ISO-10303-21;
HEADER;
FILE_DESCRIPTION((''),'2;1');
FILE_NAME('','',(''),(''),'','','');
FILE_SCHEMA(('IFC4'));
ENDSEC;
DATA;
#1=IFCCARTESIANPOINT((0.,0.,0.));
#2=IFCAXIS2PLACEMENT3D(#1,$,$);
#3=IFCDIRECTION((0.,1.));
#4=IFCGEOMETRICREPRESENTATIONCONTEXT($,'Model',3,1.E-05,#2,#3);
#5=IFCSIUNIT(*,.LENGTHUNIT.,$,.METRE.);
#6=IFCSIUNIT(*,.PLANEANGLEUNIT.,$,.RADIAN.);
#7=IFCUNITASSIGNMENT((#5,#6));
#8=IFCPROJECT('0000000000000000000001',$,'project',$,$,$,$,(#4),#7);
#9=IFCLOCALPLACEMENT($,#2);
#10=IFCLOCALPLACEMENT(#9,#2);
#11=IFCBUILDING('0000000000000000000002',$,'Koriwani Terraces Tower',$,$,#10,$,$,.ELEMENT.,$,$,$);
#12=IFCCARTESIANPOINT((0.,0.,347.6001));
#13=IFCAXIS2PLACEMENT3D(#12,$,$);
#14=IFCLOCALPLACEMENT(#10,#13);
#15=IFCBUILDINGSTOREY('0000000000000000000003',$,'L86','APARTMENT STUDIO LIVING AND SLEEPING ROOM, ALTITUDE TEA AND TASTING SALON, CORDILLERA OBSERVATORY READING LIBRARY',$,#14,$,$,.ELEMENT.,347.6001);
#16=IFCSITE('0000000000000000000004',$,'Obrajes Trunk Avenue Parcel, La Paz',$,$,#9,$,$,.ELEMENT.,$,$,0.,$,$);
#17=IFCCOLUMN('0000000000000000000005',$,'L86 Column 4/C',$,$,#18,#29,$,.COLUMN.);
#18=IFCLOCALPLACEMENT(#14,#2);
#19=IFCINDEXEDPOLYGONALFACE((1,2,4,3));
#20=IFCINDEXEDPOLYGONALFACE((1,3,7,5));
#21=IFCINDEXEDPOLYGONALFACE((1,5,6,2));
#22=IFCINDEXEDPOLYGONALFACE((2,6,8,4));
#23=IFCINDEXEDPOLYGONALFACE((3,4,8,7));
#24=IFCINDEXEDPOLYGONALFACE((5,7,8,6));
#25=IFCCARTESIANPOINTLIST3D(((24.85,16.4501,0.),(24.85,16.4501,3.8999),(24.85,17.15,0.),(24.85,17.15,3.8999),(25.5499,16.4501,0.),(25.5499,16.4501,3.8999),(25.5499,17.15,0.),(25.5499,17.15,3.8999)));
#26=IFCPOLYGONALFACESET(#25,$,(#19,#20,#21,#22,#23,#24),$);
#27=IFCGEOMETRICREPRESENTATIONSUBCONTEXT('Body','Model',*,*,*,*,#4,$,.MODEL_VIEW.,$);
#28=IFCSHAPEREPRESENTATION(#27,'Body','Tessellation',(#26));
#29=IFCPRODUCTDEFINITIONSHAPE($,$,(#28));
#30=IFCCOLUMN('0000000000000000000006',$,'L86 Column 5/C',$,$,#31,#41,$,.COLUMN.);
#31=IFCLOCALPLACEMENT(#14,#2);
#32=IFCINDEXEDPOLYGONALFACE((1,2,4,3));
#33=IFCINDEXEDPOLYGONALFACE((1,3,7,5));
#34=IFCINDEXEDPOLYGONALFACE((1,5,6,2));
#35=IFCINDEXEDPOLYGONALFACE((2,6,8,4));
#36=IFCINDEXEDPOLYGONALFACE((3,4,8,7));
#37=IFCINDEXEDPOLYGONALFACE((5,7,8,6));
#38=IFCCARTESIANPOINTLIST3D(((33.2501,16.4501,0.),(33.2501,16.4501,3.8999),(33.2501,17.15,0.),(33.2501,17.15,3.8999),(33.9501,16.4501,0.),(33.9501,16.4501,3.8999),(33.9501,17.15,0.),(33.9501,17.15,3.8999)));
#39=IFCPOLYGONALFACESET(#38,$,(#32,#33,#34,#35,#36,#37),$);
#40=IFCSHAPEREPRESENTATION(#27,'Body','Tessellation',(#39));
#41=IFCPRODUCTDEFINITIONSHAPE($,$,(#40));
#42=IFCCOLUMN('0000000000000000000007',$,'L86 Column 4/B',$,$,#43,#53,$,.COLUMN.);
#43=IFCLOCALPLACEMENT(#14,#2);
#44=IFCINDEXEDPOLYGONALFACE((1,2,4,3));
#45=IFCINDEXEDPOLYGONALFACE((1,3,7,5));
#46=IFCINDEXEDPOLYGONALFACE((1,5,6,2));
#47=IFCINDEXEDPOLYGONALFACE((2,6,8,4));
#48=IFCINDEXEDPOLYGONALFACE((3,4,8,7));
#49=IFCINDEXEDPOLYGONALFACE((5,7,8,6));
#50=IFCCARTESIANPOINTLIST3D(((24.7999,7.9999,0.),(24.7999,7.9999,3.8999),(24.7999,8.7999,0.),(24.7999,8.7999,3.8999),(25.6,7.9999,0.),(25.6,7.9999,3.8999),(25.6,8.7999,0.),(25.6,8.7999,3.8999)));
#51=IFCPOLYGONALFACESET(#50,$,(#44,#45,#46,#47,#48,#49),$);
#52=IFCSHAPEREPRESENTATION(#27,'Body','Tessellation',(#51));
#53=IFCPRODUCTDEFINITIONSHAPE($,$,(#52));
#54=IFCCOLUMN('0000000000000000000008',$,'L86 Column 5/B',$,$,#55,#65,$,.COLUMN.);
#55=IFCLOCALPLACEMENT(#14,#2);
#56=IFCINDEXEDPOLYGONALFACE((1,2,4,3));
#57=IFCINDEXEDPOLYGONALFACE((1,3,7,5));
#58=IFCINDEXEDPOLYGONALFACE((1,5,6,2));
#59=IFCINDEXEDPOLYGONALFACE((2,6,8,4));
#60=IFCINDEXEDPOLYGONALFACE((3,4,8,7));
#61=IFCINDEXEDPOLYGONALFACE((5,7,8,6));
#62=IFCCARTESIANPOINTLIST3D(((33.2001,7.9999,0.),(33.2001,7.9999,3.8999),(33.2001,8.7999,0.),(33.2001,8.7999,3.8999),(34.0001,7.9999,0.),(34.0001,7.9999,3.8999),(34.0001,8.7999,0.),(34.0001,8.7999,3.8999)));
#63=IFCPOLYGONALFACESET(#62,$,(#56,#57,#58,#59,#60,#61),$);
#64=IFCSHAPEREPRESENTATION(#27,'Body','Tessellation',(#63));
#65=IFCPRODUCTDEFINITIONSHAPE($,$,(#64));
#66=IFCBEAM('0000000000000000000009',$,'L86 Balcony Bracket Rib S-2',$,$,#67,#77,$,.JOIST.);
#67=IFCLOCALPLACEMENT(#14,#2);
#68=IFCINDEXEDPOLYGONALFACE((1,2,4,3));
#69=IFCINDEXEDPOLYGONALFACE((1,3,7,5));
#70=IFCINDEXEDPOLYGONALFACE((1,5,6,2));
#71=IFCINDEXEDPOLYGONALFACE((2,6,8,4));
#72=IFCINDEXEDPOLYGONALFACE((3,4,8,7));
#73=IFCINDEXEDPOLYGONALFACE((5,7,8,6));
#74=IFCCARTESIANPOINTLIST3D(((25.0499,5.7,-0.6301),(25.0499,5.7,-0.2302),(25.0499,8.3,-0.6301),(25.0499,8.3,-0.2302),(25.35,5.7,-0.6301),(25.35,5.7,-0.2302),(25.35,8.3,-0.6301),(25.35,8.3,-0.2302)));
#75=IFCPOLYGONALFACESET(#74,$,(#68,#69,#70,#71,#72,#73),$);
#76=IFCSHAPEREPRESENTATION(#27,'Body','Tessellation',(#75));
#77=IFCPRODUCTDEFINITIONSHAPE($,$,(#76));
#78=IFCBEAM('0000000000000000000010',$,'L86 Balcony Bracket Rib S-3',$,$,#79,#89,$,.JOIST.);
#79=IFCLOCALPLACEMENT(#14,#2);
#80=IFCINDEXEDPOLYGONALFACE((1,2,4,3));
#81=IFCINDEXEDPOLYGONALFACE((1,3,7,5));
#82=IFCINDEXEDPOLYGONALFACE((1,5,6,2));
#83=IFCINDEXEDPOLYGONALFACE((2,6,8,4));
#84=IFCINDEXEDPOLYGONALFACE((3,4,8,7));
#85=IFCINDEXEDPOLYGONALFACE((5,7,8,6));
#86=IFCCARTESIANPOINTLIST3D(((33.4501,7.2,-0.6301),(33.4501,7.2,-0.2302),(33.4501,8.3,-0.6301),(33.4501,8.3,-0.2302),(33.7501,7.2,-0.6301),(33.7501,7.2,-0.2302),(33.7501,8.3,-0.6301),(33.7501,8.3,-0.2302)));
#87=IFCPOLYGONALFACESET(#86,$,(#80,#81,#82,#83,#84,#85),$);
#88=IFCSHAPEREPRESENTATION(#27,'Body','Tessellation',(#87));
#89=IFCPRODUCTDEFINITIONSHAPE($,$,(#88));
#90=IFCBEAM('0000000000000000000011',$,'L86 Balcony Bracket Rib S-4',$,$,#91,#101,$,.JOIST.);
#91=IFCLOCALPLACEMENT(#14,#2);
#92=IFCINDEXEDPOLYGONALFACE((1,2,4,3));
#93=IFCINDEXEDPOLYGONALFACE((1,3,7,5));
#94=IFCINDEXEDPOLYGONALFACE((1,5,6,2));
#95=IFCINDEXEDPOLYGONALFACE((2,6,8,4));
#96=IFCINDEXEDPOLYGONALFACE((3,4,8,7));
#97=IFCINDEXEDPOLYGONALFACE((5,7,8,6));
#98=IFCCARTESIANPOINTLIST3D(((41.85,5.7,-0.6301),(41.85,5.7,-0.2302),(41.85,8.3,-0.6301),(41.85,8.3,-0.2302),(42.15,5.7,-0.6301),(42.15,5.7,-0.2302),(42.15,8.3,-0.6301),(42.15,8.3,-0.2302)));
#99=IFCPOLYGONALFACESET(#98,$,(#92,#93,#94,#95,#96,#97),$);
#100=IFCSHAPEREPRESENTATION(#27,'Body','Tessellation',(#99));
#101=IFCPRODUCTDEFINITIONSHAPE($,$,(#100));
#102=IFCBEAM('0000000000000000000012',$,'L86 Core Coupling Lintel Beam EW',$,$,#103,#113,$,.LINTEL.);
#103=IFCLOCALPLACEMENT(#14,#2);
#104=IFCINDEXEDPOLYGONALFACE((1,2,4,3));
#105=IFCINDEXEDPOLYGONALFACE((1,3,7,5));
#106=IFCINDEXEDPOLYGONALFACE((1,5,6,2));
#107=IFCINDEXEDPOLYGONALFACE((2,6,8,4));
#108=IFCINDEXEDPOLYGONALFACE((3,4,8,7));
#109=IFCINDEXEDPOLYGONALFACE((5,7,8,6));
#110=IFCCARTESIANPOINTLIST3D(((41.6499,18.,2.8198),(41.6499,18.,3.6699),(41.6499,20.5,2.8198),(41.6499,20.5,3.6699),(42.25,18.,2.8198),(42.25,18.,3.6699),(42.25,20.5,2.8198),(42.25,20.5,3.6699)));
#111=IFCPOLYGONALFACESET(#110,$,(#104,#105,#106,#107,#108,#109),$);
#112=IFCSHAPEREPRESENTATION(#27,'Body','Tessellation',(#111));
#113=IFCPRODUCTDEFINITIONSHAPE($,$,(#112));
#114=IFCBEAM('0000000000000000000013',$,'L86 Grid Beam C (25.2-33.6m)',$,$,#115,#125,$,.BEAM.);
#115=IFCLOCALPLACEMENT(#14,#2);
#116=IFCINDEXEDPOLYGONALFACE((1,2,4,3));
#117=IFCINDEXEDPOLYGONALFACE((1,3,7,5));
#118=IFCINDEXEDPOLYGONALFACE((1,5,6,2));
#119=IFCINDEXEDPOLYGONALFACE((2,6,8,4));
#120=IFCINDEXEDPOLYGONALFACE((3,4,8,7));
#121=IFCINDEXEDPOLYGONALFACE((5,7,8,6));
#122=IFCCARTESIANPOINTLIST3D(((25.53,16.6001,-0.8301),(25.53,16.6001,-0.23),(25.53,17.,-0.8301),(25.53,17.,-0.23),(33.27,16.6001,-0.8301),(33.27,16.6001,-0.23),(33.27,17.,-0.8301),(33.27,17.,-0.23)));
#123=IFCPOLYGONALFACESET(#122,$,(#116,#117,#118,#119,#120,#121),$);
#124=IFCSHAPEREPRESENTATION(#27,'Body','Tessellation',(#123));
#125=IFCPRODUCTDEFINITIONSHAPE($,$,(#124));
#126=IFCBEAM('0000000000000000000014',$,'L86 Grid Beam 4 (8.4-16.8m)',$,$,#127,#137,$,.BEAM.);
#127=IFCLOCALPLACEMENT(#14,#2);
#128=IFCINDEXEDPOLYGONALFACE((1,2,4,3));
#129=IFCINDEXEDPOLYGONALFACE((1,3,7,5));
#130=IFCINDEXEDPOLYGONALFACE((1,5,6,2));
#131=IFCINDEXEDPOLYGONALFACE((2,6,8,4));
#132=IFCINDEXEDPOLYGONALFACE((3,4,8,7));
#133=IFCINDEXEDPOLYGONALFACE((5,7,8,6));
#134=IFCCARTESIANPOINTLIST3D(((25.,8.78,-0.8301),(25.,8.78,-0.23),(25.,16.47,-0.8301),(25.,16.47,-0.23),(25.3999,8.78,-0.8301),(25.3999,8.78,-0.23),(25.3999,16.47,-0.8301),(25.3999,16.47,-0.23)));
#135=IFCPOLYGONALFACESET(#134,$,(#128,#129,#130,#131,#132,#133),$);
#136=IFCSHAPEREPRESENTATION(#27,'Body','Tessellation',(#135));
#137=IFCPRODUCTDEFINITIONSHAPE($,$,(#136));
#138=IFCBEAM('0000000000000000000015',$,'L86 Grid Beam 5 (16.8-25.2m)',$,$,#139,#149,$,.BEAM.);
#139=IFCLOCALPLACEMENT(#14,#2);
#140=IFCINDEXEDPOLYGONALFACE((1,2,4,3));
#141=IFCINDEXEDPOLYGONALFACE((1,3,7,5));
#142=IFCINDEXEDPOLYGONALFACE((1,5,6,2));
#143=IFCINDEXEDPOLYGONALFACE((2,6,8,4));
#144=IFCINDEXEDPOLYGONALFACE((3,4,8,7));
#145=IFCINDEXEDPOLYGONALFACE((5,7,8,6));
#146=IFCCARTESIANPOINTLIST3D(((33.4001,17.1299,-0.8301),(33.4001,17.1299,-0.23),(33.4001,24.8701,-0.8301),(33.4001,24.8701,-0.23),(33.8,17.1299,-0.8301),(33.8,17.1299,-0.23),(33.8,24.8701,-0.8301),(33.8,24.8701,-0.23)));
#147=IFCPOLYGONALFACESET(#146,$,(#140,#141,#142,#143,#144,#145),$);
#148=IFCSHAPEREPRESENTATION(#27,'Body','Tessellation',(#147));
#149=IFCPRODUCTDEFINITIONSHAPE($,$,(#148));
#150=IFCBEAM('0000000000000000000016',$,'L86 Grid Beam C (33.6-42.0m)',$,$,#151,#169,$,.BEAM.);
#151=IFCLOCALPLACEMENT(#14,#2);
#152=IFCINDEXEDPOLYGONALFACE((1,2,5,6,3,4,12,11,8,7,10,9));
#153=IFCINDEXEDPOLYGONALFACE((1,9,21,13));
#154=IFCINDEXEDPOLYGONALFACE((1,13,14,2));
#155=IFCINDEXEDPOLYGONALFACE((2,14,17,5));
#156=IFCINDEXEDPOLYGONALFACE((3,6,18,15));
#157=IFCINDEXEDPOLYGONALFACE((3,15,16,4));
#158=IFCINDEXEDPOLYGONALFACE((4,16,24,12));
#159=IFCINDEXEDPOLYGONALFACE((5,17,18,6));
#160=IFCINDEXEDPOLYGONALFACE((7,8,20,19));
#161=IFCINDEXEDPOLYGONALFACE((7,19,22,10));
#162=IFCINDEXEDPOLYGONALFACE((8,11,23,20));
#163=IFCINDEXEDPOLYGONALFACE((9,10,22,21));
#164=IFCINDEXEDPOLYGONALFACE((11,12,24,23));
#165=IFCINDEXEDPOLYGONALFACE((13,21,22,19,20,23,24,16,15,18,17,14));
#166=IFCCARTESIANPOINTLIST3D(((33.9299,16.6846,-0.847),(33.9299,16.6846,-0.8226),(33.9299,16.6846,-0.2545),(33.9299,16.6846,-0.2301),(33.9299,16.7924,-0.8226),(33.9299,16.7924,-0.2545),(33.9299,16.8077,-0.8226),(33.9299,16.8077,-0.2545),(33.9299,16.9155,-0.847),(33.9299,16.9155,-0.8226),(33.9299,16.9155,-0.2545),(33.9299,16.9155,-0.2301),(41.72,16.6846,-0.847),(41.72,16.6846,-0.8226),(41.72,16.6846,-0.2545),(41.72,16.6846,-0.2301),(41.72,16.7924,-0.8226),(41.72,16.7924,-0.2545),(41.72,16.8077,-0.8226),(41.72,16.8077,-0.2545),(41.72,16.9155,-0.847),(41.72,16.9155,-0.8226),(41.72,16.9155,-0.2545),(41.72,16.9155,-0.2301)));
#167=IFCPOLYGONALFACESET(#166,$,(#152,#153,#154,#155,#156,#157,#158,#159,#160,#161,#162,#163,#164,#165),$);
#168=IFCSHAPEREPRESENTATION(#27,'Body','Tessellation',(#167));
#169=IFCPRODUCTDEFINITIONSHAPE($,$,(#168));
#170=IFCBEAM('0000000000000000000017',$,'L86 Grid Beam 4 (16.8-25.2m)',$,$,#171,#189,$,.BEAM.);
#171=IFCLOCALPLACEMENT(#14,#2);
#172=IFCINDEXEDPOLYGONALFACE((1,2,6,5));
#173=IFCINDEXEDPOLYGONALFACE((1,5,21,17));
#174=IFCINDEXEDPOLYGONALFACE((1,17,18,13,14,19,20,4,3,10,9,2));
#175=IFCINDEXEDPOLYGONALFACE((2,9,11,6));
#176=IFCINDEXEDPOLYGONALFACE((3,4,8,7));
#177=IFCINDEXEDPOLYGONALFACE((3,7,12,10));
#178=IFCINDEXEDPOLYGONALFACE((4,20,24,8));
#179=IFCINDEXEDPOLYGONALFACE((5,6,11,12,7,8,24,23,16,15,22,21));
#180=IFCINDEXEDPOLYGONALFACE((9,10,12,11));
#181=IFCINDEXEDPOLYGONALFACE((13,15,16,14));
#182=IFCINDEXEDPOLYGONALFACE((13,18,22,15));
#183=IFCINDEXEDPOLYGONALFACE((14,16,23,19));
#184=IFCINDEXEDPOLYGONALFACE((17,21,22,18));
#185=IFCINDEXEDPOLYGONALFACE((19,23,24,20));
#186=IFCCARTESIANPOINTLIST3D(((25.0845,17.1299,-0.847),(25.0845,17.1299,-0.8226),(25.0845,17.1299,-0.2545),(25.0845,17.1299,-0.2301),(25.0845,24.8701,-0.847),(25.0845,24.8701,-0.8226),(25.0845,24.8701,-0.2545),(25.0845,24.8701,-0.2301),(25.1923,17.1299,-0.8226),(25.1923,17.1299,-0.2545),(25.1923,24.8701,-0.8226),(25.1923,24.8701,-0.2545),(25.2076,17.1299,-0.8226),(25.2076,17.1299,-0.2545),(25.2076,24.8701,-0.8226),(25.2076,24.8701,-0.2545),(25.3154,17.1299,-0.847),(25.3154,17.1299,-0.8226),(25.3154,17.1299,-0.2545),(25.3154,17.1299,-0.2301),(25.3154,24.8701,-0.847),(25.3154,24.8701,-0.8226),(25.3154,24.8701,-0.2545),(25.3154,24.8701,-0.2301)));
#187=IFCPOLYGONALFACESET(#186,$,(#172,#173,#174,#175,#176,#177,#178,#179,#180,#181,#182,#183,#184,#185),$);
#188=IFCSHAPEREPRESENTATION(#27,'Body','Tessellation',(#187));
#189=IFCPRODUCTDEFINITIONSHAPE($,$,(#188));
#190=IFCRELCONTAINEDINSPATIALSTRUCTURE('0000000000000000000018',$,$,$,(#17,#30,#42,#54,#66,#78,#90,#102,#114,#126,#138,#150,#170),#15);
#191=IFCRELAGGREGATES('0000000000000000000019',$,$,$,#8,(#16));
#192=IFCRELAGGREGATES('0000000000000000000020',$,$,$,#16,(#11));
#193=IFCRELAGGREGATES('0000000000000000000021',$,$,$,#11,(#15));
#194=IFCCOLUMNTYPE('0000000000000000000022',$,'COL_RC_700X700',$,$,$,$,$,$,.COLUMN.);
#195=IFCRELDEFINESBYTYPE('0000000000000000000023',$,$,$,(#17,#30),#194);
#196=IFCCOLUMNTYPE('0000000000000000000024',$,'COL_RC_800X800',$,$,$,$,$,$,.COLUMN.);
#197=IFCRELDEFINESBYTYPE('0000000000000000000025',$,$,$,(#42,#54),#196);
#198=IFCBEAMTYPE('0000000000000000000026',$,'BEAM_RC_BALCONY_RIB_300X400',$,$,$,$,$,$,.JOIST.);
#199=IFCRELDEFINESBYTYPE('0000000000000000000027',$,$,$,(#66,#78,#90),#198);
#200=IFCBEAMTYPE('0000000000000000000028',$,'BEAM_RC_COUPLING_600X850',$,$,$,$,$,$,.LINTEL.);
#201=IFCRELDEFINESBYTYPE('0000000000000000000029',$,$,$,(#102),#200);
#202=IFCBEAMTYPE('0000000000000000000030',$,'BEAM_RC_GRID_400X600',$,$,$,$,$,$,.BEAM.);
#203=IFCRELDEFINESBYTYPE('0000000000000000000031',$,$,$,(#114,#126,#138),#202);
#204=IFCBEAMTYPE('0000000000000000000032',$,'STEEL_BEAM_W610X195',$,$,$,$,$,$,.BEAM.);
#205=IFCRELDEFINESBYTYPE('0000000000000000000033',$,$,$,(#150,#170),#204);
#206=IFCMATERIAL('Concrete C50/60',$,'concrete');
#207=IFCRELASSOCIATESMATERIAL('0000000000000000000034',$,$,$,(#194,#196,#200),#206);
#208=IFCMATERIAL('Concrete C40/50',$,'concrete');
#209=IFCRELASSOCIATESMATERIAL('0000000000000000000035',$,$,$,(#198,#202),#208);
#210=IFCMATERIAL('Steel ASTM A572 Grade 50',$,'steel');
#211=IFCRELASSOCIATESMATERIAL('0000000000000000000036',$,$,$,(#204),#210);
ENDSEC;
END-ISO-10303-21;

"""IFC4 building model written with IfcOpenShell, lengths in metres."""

from ifc_helpers import new_model, si_unit, direction, frame, origin, origin_2d, place, context, subcontext, project, spatial, rectangle, i_section, extrude, material, material_profile, profile_set, type_object, element, save


model = new_model("IFC4")

# Units and contexts
model_context = context("Model", 3, precision=1e-05, world=origin(), true_north=direction((0.0, 1.0)))
body_context = subcontext(model_context, "Body", "Model", "MODEL_VIEW")
ifc_project = project(units=[si_unit("LENGTHUNIT", "METRE"), si_unit("PLANEANGLEUNIT", "RADIAN")], contexts=[model_context])

# Site, building, storey
site_placement = place(None, origin())
site = spatial("IfcSite", under=ifc_project, at=site_placement, Name="Obrajes Trunk Avenue Parcel, La Paz", CompositionType="ELEMENT", RefElevation=0.0)
building_placement = place(site_placement, origin())
building = spatial("IfcBuilding", under=site, at=building_placement, Name="Koriwani Terraces Tower", CompositionType="ELEMENT")
storey_placement = place(building_placement, frame((0.0, 0.0, 347.6001)))
storey = spatial("IfcBuildingStorey", under=building, at=storey_placement, Name="L86", Description="APARTMENT STUDIO LIVING AND SLEEPING ROOM, ALTITUDE TEA AND TASTING SALON, CORDILLERA OBSERVATORY READING LIBRARY", CompositionType="ELEMENT", Elevation=347.6001)

# Columns
ifc_material_1 = material(Name="Concrete C50/60", Category="concrete")
ifc_material_profile_1 = material_profile(ifc_material_1, rectangle(XDim=0.7, YDim=0.7, at=origin_2d()), Name="Concrete C50/60", Category="LoadBearing")
ifc_profile_set_1 = profile_set([ifc_material_profile_1], Name="Concrete C50/60")
column_type_1 = type_object("IfcColumnType", Name="COL_RC_700X700", PredefinedType="COLUMN", material=ifc_profile_set_1)
for number, where, z_axis, x_axis, name in (
    (1, (25.2, 16.8, 0.0), (0.0, 0.0, 1.0), (1.0, 0.0, 0.0), "L86 Column 4/C"),
    (2, (33.6001, 16.8, 0.0), (0.0, 0.0, 1.0), (1.0, 0.0, 0.0), "L86 Column 5/C"),
):
    element("IfcColumn", number, at=place(storey_placement, frame(where, z_axis=z_axis, x_axis=x_axis)), inside=storey, type_object=column_type_1, Name=name, PredefinedType="COLUMN", context=body_context, shape_type="SweptSolid", body=[
        extrude(rectangle(XDim=0.7, YDim=0.7, at=origin_2d()), origin(), (0.0, 0.0, 1.0), 3.8999),
    ])
ifc_material_profile_2 = material_profile(ifc_material_1, rectangle(XDim=0.8, YDim=0.8, at=origin_2d()), Name="Concrete C50/60", Category="LoadBearing")
ifc_profile_set_2 = profile_set([ifc_material_profile_2], Name="Concrete C50/60")
column_type_2 = type_object("IfcColumnType", Name="COL_RC_800X800", PredefinedType="COLUMN", material=ifc_profile_set_2)
for number, where, z_axis, x_axis, name in (
    (3, (25.2, 8.3999, 0.0), (0.0, 0.0, 1.0), (1.0, 0.0, 0.0), "L86 Column 4/B"),
    (4, (33.6001, 8.3999, 0.0), (0.0, 0.0, 1.0), (1.0, 0.0, 0.0), "L86 Column 5/B"),
):
    element("IfcColumn", number, at=place(storey_placement, frame(where, z_axis=z_axis, x_axis=x_axis)), inside=storey, type_object=column_type_2, Name=name, PredefinedType="COLUMN", context=body_context, shape_type="SweptSolid", body=[
        extrude(rectangle(XDim=0.8, YDim=0.8, at=origin_2d()), origin(), (0.0, 0.0, 1.0), 3.8999),
    ])

# Beams
ifc_material_2 = material(Name="Concrete C40/50", Category="concrete")
ifc_material_profile_3 = material_profile(ifc_material_2, rectangle(XDim=0.3, YDim=0.3999, at=origin_2d()), Name="Concrete C40/50", Category="LoadBearing")
ifc_profile_set_3 = profile_set([ifc_material_profile_3], Name="Concrete C40/50")
beam_type_1 = type_object("IfcBeamType", Name="BEAM_RC_BALCONY_RIB_300X400", PredefinedType="JOIST", material=ifc_profile_set_3)
beam_1_placement = place(storey_placement, frame((25.2, 5.7, -0.4302), z_axis=(0.0, 1.0, 0.0), x_axis=(-1.0, 0.0, 0.0)))
element("IfcBeam", 5, at=beam_1_placement, inside=storey, type_object=beam_type_1, Name="L86 Balcony Bracket Rib S-2", PredefinedType="JOIST", context=body_context, shape_type="SweptSolid", body=[
    extrude(rectangle(XDim=0.3, YDim=0.3999, at=origin_2d()), origin(), (0.0, 0.0, 1.0), 2.6001),
])
beam_2_placement = place(storey_placement, frame((33.6001, 7.2, -0.4302), z_axis=(0.0, 1.0, 0.0), x_axis=(-1.0, 0.0, 0.0)))
element("IfcBeam", 6, at=beam_2_placement, inside=storey, type_object=beam_type_1, Name="L86 Balcony Bracket Rib S-3", PredefinedType="JOIST", context=body_context, shape_type="SweptSolid", body=[
    extrude(rectangle(XDim=0.3, YDim=0.3999, at=origin_2d()), origin(), (0.0, 0.0, 1.0), 1.1001),
])
beam_3_placement = place(storey_placement, frame((42.0, 5.7, -0.4302), z_axis=(0.0, 1.0, 0.0), x_axis=(-1.0, 0.0, 0.0)))
element("IfcBeam", 7, at=beam_3_placement, inside=storey, type_object=beam_type_1, Name="L86 Balcony Bracket Rib S-4", PredefinedType="JOIST", context=body_context, shape_type="SweptSolid", body=[
    extrude(rectangle(XDim=0.3, YDim=0.3999, at=origin_2d()), origin(), (0.0, 0.0, 1.0), 2.6001),
])
ifc_material_profile_4 = material_profile(ifc_material_1, rectangle(XDim=0.6001, YDim=0.8501, at=origin_2d()), Name="Concrete C50/60", Category="LoadBearing")
ifc_profile_set_4 = profile_set([ifc_material_profile_4], Name="Concrete C50/60")
beam_type_2 = type_object("IfcBeamType", Name="BEAM_RC_COUPLING_600X850", PredefinedType="LINTEL", material=ifc_profile_set_4)
beam_4_placement = place(storey_placement, frame((41.95, 18.0, 3.2449), z_axis=(0.0, 1.0, 0.0), x_axis=(-1.0, 0.0, 0.0)))
element("IfcBeam", 8, at=beam_4_placement, inside=storey, type_object=beam_type_2, Name="L86 Core Coupling Lintel Beam EW", PredefinedType="LINTEL", context=body_context, shape_type="SweptSolid", body=[
    extrude(rectangle(XDim=0.6001, YDim=0.8501, at=origin_2d()), origin(), (0.0, 0.0, 1.0), 2.5),
])
ifc_material_profile_5 = material_profile(ifc_material_2, rectangle(XDim=0.3999, YDim=0.6001, at=origin_2d()), Name="Concrete C40/50", Category="LoadBearing")
ifc_profile_set_5 = profile_set([ifc_material_profile_5], Name="Concrete C40/50")
beam_type_3 = type_object("IfcBeamType", Name="BEAM_RC_GRID_400X600", PredefinedType="BEAM", material=ifc_profile_set_5)
beam_5_placement = place(storey_placement, frame((25.53, 16.8, -0.53), z_axis=(1.0, 0.0, 0.0), x_axis=(0.0, 1.0, 0.0)))
element("IfcBeam", 9, at=beam_5_placement, inside=storey, type_object=beam_type_3, Name="L86 Grid Beam C (25.2-33.6m)", PredefinedType="BEAM", context=body_context, shape_type="SweptSolid", body=[
    extrude(rectangle(XDim=0.3999, YDim=0.6001, at=origin_2d()), origin(), (0.0, 0.0, 1.0), 7.74),
])
beam_6_placement = place(storey_placement, frame((25.2, 8.78, -0.53), z_axis=(0.0, 1.0, 0.0), x_axis=(-1.0, 0.0, 0.0)))
element("IfcBeam", 10, at=beam_6_placement, inside=storey, type_object=beam_type_3, Name="L86 Grid Beam 4 (8.4-16.8m)", PredefinedType="BEAM", context=body_context, shape_type="SweptSolid", body=[
    extrude(rectangle(XDim=0.3999, YDim=0.6001, at=origin_2d()), origin(), (0.0, 0.0, 1.0), 7.6899),
])
beam_7_placement = place(storey_placement, frame((33.6001, 17.1299, -0.53), z_axis=(0.0, 1.0, 0.0), x_axis=(-1.0, 0.0, 0.0)))
element("IfcBeam", 11, at=beam_7_placement, inside=storey, type_object=beam_type_3, Name="L86 Grid Beam 5 (16.8-25.2m)", PredefinedType="BEAM", context=body_context, shape_type="SweptSolid", body=[
    extrude(rectangle(XDim=0.3999, YDim=0.6001, at=origin_2d()), origin(), (0.0, 0.0, 1.0), 7.7402),
])
ifc_material_3 = material(Name="Steel ASTM A572 Grade 50", Category="steel")
ifc_material_profile_6 = material_profile(ifc_material_3, i_section(OverallWidth=0.231, OverallDepth=0.6169, WebThickness=0.0154, FlangeThickness=0.0244, at=origin_2d()), Name="Steel ASTM A572 Grade 50", Category="LoadBearing")
ifc_profile_set_6 = profile_set([ifc_material_profile_6], Name="Steel ASTM A572 Grade 50")
beam_type_4 = type_object("IfcBeamType", Name="STEEL_BEAM_W610X195", PredefinedType="BEAM", material=ifc_profile_set_6)
beam_8_placement = place(storey_placement, frame((33.9299, 16.8, -0.5386), z_axis=(1.0, 0.0, 0.0), x_axis=(0.0, 1.0, 0.0)))
element("IfcBeam", 12, at=beam_8_placement, inside=storey, type_object=beam_type_4, Name="L86 Grid Beam C (33.6-42.0m)", PredefinedType="BEAM", context=body_context, shape_type="SweptSolid", body=[
    extrude(i_section(OverallWidth=0.231, OverallDepth=0.6169, WebThickness=0.0154, FlangeThickness=0.0244, at=origin_2d()), origin(), (0.0, 0.0, 1.0), 7.79),
])
beam_9_placement = place(storey_placement, frame((25.2, 17.1299, -0.5386), z_axis=(0.0, 1.0, 0.0), x_axis=(-1.0, 0.0, 0.0)))
element("IfcBeam", 13, at=beam_9_placement, inside=storey, type_object=beam_type_4, Name="L86 Grid Beam 4 (16.8-25.2m)", PredefinedType="BEAM", context=body_context, shape_type="SweptSolid", body=[
    extrude(i_section(OverallWidth=0.231, OverallDepth=0.6169, WebThickness=0.0154, FlangeThickness=0.0244, at=origin_2d()), origin(), (0.0, 0.0, 1.0), 7.7402),
])

save(model, "model.ifc")
